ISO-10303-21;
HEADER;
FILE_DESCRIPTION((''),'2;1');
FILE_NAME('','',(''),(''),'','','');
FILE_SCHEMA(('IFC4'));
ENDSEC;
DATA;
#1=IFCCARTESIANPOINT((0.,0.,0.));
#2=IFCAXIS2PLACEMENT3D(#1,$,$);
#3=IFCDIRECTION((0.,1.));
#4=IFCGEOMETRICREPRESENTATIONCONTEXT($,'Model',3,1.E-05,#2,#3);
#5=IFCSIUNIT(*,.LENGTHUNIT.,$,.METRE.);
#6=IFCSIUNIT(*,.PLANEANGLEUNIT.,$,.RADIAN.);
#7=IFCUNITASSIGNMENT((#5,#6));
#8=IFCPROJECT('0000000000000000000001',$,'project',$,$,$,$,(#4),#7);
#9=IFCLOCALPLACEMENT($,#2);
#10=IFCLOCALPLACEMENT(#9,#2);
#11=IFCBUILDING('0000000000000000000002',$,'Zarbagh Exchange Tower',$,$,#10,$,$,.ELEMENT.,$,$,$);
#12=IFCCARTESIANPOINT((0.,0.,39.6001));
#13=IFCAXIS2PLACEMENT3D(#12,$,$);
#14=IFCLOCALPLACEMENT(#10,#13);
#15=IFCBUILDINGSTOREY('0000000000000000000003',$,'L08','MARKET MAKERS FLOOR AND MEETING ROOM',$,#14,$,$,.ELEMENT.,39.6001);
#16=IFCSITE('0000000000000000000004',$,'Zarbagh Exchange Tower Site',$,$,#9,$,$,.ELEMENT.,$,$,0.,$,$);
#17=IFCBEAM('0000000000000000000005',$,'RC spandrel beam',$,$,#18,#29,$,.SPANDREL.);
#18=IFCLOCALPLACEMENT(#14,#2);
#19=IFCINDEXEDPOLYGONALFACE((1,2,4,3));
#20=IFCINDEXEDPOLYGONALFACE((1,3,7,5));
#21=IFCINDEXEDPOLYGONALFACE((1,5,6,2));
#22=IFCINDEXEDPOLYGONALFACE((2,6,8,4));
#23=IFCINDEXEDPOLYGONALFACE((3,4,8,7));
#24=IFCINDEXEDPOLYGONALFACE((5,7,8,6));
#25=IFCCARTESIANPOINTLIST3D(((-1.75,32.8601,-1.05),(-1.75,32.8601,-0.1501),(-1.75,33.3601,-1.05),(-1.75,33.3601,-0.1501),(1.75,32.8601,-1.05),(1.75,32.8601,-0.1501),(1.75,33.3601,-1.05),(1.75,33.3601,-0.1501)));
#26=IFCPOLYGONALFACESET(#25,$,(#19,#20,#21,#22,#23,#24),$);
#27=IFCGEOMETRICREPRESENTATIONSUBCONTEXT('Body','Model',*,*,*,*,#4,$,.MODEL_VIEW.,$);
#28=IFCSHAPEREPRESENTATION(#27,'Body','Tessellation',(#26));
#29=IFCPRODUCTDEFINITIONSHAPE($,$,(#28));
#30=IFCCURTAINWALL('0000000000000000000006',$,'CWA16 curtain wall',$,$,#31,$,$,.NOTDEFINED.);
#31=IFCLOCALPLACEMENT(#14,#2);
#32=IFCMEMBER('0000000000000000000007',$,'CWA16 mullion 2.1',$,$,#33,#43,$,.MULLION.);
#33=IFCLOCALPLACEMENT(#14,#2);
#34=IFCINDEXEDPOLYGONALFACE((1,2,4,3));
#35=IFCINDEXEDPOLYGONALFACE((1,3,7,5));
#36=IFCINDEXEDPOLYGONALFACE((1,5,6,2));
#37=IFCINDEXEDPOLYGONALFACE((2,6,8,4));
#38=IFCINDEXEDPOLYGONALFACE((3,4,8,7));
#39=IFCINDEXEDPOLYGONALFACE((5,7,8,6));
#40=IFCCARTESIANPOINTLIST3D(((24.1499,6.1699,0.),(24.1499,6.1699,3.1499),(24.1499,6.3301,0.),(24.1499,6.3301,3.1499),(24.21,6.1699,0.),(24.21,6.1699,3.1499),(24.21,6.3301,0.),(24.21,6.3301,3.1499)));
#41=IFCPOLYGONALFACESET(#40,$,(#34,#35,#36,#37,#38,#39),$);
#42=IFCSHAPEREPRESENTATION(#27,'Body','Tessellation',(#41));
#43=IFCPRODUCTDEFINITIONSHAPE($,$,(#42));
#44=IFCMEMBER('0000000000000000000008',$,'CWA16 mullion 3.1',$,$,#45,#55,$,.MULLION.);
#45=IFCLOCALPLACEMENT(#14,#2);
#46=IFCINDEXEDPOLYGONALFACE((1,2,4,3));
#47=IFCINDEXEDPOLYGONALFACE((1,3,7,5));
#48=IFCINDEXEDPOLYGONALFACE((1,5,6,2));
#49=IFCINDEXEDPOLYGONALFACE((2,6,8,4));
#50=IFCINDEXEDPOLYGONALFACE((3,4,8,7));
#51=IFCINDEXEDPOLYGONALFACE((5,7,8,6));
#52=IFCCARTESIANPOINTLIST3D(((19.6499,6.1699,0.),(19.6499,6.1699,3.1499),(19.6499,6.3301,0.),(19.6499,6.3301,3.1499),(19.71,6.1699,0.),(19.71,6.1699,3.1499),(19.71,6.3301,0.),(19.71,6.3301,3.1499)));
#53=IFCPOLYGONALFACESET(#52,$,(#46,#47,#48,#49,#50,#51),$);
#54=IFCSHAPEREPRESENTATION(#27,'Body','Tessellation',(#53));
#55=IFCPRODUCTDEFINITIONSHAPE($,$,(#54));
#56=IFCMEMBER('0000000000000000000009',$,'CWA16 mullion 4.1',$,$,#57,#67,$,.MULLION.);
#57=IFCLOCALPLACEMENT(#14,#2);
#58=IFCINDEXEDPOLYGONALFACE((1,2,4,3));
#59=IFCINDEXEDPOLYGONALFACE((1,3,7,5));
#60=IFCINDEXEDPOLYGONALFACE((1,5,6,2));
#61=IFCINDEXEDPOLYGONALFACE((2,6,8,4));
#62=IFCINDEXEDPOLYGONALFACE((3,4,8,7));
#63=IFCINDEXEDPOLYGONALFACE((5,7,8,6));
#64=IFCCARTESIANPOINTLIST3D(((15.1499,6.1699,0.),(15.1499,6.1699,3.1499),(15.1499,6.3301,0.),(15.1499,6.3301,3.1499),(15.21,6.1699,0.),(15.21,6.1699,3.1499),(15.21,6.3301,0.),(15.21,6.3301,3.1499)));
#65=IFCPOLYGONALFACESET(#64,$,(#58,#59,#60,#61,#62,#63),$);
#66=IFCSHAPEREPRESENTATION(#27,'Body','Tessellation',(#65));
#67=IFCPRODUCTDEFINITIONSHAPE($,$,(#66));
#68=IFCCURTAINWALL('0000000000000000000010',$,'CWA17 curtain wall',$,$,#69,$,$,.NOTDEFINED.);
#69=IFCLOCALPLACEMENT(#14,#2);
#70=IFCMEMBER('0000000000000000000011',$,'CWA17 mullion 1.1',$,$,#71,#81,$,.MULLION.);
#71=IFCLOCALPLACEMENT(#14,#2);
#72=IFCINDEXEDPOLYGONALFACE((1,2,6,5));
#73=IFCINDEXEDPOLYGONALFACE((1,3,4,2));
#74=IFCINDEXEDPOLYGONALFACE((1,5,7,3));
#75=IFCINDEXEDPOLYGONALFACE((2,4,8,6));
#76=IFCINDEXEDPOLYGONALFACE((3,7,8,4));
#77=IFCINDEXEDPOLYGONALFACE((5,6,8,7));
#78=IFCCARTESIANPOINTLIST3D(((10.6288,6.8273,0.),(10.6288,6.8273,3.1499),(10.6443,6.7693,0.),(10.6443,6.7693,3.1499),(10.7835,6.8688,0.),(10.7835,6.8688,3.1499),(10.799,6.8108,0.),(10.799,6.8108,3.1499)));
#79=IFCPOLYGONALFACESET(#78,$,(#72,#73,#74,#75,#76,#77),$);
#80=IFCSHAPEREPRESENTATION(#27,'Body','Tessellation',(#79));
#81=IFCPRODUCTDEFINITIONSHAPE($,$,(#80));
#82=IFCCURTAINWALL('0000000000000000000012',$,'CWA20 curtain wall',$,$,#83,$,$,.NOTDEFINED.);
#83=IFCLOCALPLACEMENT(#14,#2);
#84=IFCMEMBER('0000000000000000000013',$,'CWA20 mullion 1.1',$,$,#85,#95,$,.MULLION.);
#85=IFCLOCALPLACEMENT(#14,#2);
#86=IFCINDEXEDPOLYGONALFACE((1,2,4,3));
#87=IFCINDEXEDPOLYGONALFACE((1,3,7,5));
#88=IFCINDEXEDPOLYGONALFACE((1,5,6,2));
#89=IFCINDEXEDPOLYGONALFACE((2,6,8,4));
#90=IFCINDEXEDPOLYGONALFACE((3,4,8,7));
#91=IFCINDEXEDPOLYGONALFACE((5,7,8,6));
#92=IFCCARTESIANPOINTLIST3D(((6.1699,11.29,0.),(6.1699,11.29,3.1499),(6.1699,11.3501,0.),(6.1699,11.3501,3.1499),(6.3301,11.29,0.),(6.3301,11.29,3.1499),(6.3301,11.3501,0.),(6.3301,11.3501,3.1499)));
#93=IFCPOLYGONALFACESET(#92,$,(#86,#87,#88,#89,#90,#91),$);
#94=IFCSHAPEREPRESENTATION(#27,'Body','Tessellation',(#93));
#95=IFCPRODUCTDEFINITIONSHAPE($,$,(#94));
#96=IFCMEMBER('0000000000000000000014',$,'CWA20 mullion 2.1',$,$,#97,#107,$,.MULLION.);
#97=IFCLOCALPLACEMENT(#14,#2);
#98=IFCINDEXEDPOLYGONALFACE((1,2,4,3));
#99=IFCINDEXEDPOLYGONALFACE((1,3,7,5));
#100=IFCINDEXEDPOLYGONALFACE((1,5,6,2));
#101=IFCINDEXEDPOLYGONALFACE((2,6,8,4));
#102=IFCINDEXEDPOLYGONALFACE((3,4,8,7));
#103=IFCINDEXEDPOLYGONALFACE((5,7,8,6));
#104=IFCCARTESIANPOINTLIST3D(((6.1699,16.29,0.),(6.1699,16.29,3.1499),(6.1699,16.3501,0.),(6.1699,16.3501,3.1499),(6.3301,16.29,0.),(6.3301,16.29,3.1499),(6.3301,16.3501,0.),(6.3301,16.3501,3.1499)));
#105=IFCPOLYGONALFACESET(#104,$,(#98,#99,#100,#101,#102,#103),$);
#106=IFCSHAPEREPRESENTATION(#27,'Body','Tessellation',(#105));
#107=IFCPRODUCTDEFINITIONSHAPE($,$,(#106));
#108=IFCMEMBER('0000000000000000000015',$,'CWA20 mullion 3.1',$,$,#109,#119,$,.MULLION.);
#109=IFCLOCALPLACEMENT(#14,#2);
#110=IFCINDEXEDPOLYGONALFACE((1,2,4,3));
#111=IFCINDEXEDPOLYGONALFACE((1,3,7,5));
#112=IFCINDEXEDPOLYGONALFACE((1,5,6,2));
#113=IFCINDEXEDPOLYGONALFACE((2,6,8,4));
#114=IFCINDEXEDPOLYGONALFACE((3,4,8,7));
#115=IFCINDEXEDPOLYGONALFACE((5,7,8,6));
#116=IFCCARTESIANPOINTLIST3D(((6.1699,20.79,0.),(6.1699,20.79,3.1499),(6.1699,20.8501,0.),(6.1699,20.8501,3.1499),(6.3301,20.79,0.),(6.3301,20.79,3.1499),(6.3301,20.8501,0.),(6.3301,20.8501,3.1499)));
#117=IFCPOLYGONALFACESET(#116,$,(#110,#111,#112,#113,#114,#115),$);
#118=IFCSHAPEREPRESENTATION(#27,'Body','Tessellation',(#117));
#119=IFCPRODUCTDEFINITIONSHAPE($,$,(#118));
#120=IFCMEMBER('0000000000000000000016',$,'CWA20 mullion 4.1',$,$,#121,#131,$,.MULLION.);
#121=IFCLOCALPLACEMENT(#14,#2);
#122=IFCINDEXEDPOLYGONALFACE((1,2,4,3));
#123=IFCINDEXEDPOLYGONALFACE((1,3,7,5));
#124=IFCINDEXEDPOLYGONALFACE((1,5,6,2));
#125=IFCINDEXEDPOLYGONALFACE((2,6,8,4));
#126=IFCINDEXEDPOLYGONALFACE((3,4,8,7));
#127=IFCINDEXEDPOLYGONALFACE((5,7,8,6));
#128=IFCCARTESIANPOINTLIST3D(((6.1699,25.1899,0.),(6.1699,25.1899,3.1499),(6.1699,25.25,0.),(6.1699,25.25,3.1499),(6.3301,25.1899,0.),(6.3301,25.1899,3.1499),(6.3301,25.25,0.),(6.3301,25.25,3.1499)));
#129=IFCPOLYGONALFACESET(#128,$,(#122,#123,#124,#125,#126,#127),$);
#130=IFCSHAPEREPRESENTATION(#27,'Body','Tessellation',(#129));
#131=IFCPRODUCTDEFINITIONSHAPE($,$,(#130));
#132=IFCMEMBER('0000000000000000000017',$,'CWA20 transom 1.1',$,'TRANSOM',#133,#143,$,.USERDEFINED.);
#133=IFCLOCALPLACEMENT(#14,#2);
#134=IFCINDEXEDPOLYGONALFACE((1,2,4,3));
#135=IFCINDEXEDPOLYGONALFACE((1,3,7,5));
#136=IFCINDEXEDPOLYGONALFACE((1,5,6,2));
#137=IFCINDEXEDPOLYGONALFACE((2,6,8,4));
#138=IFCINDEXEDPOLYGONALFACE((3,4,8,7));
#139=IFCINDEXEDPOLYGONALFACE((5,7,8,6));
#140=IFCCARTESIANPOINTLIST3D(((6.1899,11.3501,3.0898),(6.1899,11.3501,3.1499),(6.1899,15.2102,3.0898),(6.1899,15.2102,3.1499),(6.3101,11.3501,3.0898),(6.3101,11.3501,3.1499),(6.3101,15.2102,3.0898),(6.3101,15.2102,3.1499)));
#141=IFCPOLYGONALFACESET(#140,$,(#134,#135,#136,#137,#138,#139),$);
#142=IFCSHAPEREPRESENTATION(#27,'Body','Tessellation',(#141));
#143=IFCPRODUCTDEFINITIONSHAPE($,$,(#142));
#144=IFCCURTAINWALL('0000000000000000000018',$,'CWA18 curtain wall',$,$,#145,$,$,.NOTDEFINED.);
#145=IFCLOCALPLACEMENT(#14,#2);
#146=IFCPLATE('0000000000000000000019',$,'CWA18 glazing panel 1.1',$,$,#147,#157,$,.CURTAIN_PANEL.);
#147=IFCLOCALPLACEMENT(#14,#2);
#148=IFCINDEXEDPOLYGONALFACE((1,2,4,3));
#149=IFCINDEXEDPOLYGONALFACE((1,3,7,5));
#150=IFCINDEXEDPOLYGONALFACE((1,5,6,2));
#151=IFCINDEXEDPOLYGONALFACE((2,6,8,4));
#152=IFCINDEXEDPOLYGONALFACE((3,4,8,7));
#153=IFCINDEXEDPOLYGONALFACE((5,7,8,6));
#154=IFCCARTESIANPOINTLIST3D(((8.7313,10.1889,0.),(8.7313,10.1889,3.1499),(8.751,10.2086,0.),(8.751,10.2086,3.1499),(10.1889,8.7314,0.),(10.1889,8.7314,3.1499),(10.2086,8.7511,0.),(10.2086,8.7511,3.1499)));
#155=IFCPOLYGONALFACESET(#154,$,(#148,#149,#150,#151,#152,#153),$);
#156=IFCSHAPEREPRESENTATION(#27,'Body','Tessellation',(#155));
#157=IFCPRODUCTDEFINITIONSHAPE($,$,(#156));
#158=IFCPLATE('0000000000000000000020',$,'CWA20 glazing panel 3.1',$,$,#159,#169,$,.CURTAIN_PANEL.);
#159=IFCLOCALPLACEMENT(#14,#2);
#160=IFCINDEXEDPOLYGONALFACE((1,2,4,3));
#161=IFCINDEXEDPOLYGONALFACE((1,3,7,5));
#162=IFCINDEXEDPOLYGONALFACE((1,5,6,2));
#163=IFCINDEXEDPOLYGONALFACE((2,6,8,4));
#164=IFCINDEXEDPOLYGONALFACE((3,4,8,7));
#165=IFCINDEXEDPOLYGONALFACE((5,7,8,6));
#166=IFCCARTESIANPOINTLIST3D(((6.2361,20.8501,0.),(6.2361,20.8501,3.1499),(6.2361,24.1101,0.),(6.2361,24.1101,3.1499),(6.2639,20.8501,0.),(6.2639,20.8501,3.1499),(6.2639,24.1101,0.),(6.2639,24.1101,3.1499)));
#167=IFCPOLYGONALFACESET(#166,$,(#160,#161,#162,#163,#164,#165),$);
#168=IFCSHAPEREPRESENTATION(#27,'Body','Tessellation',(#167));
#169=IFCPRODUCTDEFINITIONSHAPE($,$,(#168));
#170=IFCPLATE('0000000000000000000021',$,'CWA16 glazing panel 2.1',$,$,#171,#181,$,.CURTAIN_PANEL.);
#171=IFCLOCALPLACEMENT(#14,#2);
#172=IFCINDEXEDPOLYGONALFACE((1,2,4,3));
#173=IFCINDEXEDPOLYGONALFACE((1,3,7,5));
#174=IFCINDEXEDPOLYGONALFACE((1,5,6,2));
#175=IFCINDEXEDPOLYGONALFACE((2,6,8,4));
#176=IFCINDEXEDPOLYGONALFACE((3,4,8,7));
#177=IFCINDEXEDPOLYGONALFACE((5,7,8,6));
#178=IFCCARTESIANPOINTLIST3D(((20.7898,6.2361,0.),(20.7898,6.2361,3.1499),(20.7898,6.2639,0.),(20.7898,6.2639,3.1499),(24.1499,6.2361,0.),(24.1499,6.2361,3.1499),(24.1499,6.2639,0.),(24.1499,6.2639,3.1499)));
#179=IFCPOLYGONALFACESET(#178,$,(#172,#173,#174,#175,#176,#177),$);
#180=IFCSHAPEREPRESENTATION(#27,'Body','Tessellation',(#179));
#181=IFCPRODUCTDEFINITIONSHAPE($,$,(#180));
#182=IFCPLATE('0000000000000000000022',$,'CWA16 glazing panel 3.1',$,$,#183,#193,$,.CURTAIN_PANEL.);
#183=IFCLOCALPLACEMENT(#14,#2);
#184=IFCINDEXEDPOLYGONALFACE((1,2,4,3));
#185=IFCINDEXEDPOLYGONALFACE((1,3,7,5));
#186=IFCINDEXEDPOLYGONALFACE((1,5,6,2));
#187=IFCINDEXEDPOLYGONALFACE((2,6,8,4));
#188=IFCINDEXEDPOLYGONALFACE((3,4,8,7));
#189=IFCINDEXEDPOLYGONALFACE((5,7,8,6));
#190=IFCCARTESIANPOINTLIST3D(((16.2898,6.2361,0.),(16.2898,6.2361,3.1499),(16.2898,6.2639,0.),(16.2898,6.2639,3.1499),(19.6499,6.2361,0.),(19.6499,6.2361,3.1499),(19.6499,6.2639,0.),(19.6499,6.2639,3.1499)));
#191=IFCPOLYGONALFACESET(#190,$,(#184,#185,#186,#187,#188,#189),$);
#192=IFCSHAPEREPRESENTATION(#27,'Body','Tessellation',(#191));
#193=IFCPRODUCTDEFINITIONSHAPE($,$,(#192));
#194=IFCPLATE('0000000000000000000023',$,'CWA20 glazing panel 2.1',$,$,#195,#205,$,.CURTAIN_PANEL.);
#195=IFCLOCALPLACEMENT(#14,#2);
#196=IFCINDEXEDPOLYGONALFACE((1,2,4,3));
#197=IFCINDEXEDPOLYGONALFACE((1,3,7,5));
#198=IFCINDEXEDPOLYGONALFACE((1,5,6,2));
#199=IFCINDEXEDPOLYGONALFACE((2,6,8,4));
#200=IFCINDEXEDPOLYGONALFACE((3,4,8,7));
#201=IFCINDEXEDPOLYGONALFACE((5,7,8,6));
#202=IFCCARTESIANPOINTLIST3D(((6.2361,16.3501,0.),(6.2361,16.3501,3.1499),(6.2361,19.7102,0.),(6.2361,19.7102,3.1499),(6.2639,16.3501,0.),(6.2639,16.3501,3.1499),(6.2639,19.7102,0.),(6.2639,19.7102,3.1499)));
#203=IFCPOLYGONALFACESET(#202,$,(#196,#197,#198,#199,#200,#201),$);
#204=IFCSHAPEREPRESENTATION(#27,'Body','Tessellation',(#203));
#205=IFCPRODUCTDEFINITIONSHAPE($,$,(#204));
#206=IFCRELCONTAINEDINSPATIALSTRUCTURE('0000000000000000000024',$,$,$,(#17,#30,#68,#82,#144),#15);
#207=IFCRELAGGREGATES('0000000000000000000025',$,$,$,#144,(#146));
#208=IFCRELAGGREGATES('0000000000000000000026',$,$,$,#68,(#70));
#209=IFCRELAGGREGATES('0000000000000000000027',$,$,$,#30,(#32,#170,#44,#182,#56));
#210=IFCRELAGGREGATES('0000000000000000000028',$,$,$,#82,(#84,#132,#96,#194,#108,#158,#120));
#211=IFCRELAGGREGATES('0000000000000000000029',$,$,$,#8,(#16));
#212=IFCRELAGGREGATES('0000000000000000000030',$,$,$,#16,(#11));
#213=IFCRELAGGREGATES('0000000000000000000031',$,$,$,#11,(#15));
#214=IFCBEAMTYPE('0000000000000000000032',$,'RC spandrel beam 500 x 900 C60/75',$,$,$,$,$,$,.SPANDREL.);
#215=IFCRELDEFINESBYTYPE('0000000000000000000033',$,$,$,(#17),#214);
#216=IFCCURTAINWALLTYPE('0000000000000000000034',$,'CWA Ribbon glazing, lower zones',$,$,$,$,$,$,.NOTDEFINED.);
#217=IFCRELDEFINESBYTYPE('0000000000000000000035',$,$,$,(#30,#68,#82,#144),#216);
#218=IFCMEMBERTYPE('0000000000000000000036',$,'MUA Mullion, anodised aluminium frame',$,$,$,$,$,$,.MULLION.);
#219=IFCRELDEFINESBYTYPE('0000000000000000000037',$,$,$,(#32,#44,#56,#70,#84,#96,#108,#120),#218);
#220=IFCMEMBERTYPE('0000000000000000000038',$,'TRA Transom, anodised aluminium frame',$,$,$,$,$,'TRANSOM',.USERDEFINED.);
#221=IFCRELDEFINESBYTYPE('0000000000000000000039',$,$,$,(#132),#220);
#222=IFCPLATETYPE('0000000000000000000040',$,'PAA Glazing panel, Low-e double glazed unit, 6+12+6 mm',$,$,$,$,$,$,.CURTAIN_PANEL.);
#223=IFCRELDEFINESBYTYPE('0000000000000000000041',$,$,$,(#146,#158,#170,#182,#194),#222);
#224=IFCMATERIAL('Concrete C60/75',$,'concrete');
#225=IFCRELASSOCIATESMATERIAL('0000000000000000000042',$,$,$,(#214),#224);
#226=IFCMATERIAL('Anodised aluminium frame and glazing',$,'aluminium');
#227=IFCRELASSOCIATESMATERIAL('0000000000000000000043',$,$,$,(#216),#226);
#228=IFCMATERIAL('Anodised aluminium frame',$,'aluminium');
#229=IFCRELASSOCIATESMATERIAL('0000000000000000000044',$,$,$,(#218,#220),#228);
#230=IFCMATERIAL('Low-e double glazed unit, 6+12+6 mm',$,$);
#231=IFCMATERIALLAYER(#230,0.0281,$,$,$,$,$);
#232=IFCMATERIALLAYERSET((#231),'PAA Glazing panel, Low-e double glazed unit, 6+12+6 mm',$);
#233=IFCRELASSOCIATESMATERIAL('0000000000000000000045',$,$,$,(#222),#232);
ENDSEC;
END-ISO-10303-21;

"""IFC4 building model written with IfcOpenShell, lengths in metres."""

from ifc_helpers import new_model, si_unit, direction, frame, origin, origin_2d, place, context, subcontext, project, spatial, polyline, rectangle, outline, extrude, source, transform, mapped, material, layer, layer_set, material_profile, profile_set, type_object, element, aggregate, save


model = new_model("IFC4")

# Units and contexts
model_context = context("Model", 3, precision=1e-05, world=origin(), true_north=direction((0.0, 1.0)))
body_context = subcontext(model_context, "Body", "Model", "MODEL_VIEW")
ifc_project = project(units=[si_unit("LENGTHUNIT", "METRE"), si_unit("PLANEANGLEUNIT", "RADIAN")], contexts=[model_context])

# Site, building, storey
site_placement = place(None, origin())
site = spatial("IfcSite", under=ifc_project, at=site_placement, Name="Zarbagh Exchange Tower Site", CompositionType="ELEMENT", RefElevation=0.0)
building_placement = place(site_placement, origin())
building = spatial("IfcBuilding", under=site, at=building_placement, Name="Zarbagh Exchange Tower", CompositionType="ELEMENT")
storey_placement = place(building_placement, frame((0.0, 0.0, 39.6001)))
storey = spatial("IfcBuildingStorey", under=building, at=storey_placement, Name="L08", Description="MARKET MAKERS FLOOR AND MEETING ROOM", CompositionType="ELEMENT", Elevation=39.6001)

# Beam
ifc_material_1 = material(Name="Concrete C60/75", Category="concrete")
ifc_material_profile = material_profile(ifc_material_1, rectangle(XDim=0.5, YDim=0.8999, at=origin_2d()), Name="RC spandrel beam 500 x 900 C60/75")
ifc_profile_set = profile_set([ifc_material_profile], Name="Concrete C60/75")
beam_type = type_object("IfcBeamType", Name="RC spandrel beam 500 x 900 C60/75", PredefinedType="SPANDREL", material=ifc_profile_set)
beam_placement = place(storey_placement, frame((-1.75, 33.1101, -0.6001), z_axis=(1.0, 0.0, 0.0), x_axis=(0.0, 1.0, 0.0)))
element("IfcBeam", 1, at=beam_placement, inside=storey, type_object=beam_type, Name="RC spandrel beam", PredefinedType="SPANDREL", context=body_context, shape_type="SweptSolid", body=[
    extrude(rectangle(XDim=0.5, YDim=0.8999, at=origin_2d()), origin(), (0.0, 0.0, 1.0), 3.5),
])

# Curtain wall, members
ifc_material_2 = material(Name="Anodised aluminium frame and glazing", Category="aluminium")
curtain_wall_type = type_object("IfcCurtainWallType", Name="CWA Ribbon glazing, lower zones", PredefinedType="NOTDEFINED", material=ifc_material_2)
curtain_wall_1_placement = place(storey_placement, origin())
curtain_wall_1 = element("IfcCurtainWall", 2, at=curtain_wall_1_placement, inside=storey, type_object=curtain_wall_type, Name="CWA16 curtain wall", PredefinedType="NOTDEFINED")
ifc_material_3 = material(Name="Anodised aluminium frame", Category="aluminium")
member_type_1 = type_object("IfcMemberType", Name="MUA Mullion, anodised aluminium frame", PredefinedType="MULLION", material=ifc_material_3)
shared_shape_1 = source(origin(), body_context, "Body", "SweptSolid", [
    extrude(outline(polyline([(0.0, -0.0801), (0.0601, -0.0801), (0.0601, 0.0801), (0.0, 0.0801), (0.0, -0.0801)])), origin(), (0.0, 0.0, 1.0), 3.1499),
])
placement = place(storey_placement, origin())
member_1 = element("IfcMember", 3, at=placement, type_object=member_type_1, Name="CWA16 mullion 2.1", PredefinedType="MULLION", context=body_context, shape_type="MappedRepresentation", body=[
    mapped(shared_shape_1, transform((24.21, 6.25, 0.0), x_axis=(-1.0, 0.0, 0.0), y_axis=(0.0, -1.0, 0.0), z_axis=(0.0, 0.0, 1.0))),
])
member_2 = element("IfcMember", 4, at=placement, type_object=member_type_1, Name="CWA16 mullion 3.1", PredefinedType="MULLION", context=body_context, shape_type="MappedRepresentation", body=[
    mapped(shared_shape_1, transform((19.71, 6.25, 0.0), x_axis=(-1.0, 0.0, 0.0), y_axis=(0.0, -1.0, 0.0), z_axis=(0.0, 0.0, 1.0))),
])
member_3 = element("IfcMember", 5, at=placement, type_object=member_type_1, Name="CWA16 mullion 4.1", PredefinedType="MULLION", context=body_context, shape_type="MappedRepresentation", body=[
    mapped(shared_shape_1, transform((15.21, 6.25, 0.0), x_axis=(-1.0, 0.0, 0.0), y_axis=(0.0, -1.0, 0.0), z_axis=(0.0, 0.0, 1.0))),
])

# Curtain wall, member
curtain_wall_2_placement = place(storey_placement, origin())
curtain_wall_2 = element("IfcCurtainWall", 6, at=curtain_wall_2_placement, inside=storey, type_object=curtain_wall_type, Name="CWA17 curtain wall", PredefinedType="NOTDEFINED")
member_4 = element("IfcMember", 7, at=placement, type_object=member_type_1, Name="CWA17 mullion 1.1", PredefinedType="MULLION", context=body_context, shape_type="MappedRepresentation", body=[
    mapped(shared_shape_1, transform((10.7217, 6.79, 0.0), x_axis=(-0.258825, 0.965924, 0.0), y_axis=(-0.965924, -0.258825, 0.0), z_axis=(0.0, 0.0, 1.0))),
])

# Curtain wall, members
curtain_wall_3_placement = place(storey_placement, origin())
curtain_wall_3 = element("IfcCurtainWall", 8, at=curtain_wall_3_placement, inside=storey, type_object=curtain_wall_type, Name="CWA20 curtain wall", PredefinedType="NOTDEFINED")
member_5 = element("IfcMember", 9, at=placement, type_object=member_type_1, Name="CWA20 mullion 1.1", PredefinedType="MULLION", context=body_context, shape_type="MappedRepresentation", body=[
    mapped(shared_shape_1, transform((6.25, 11.29, 0.0), x_axis=(0.0, 1.0, 0.0), y_axis=(-1.0, 0.0, 0.0), z_axis=(0.0, 0.0, 1.0))),
])
member_6 = element("IfcMember", 10, at=placement, type_object=member_type_1, Name="CWA20 mullion 2.1", PredefinedType="MULLION", context=body_context, shape_type="MappedRepresentation", body=[
    mapped(shared_shape_1, transform((6.25, 16.29, 0.0), x_axis=(0.0, 1.0, 0.0), y_axis=(-1.0, 0.0, 0.0), z_axis=(0.0, 0.0, 1.0))),
])
member_7 = element("IfcMember", 11, at=placement, type_object=member_type_1, Name="CWA20 mullion 3.1", PredefinedType="MULLION", context=body_context, shape_type="MappedRepresentation", body=[
    mapped(shared_shape_1, transform((6.25, 20.79, 0.0), x_axis=(0.0, 1.0, 0.0), y_axis=(-1.0, 0.0, 0.0), z_axis=(0.0, 0.0, 1.0))),
])
member_8 = element("IfcMember", 12, at=placement, type_object=member_type_1, Name="CWA20 mullion 4.1", PredefinedType="MULLION", context=body_context, shape_type="MappedRepresentation", body=[
    mapped(shared_shape_1, transform((6.25, 25.1899, 0.0), x_axis=(0.0, 1.0, 0.0), y_axis=(-1.0, 0.0, 0.0), z_axis=(0.0, 0.0, 1.0))),
])
member_type_2 = type_object("IfcMemberType", Name="TRA Transom, anodised aluminium frame", ElementType="TRANSOM", PredefinedType="USERDEFINED", material=ifc_material_3)
shared_shape_2 = source(origin(), body_context, "Body", "SweptSolid", [
    extrude(outline(polyline([(-0.0601, -0.0601), (0.0, -0.0601), (0.0, 0.0601), (-0.0601, 0.0601), (-0.0601, -0.0601)])), origin(), (0.0, 0.0, 1.0), 3.8601),
])
member_9 = element("IfcMember", 13, at=placement, type_object=member_type_2, Name="CWA20 transom 1.1", ObjectType="TRANSOM", PredefinedType="USERDEFINED", context=body_context, shape_type="MappedRepresentation", body=[
    mapped(shared_shape_2, transform((6.25, 11.3501, 3.1499), x_axis=(0.0, 0.0, 1.0), y_axis=(1.0, 0.0, 0.0), z_axis=(0.0, 1.0, 0.0))),
])

# Curtain wall, plate
curtain_wall_4_placement = place(storey_placement, origin())
curtain_wall_4 = element("IfcCurtainWall", 14, at=curtain_wall_4_placement, inside=storey, type_object=curtain_wall_type, Name="CWA18 curtain wall", PredefinedType="NOTDEFINED")
ifc_material_4 = material(Name="Low-e double glazed unit, 6+12+6 mm")
ifc_layer_1 = layer(ifc_material_4, 0.0281)
ifc_layer_set_1 = layer_set([ifc_layer_1], Name="PAA Glazing panel, Low-e double glazed unit, 6+12+6 mm")
plate_type = type_object("IfcPlateType", Name="PAA Glazing panel, Low-e double glazed unit, 6+12+6 mm", PredefinedType="CURTAIN_PANEL", material=ifc_layer_set_1)
shared_shape_3 = source(origin(), body_context, "Body", "SweptSolid", [
    extrude(outline(polyline([(0.0, -0.0139), (2.0613, -0.0139), (2.0613, 0.0139), (0.0, 0.0139), (0.0, -0.0139)])), origin(), (0.0, 0.0, 1.0), 3.1499),
])
plate_1 = element("IfcPlate", 15, at=placement, type_object=plate_type, Name="CWA18 glazing panel 1.1", PredefinedType="CURTAIN_PANEL", context=body_context, shape_type="MappedRepresentation", body=[
    mapped(shared_shape_3, transform((10.1987, 8.7412, 0.0), x_axis=(-0.707107, 0.707107, 0.0), y_axis=(-0.707107, -0.707107, 0.0), z_axis=(0.0, 0.0, 1.0))),
])
aggregate(curtain_wall_4, [plate_1])

# Plates
shared_shape_4 = source(origin(), body_context, "Body", "SweptSolid", [
    extrude(outline(polyline([(0.0, -0.0139), (3.26, -0.0139), (3.26, 0.0139), (0.0, 0.0139), (0.0, -0.0139)])), origin(), (0.0, 0.0, 1.0), 3.1499),
])
plate_2 = element("IfcPlate", 16, at=placement, type_object=plate_type, Name="CWA20 glazing panel 3.1", PredefinedType="CURTAIN_PANEL", context=body_context, shape_type="MappedRepresentation", body=[
    mapped(shared_shape_4, transform((6.25, 20.8501, 0.0), x_axis=(0.0, 1.0, 0.0), y_axis=(-1.0, 0.0, 0.0), z_axis=(0.0, 0.0, 1.0))),
])
shared_shape_5 = source(origin(), body_context, "Body", "SweptSolid", [
    extrude(outline(polyline([(0.0, -0.0139), (3.3601, -0.0139), (3.3601, 0.0139), (0.0, 0.0139), (0.0, -0.0139)])), origin(), (0.0, 0.0, 1.0), 3.1499),
])
plate_3 = element("IfcPlate", 17, at=placement, type_object=plate_type, Name="CWA16 glazing panel 2.1", PredefinedType="CURTAIN_PANEL", context=body_context, shape_type="MappedRepresentation", body=[
    mapped(shared_shape_5, transform((24.1499, 6.25, 0.0), x_axis=(-1.0, 0.0, 0.0), y_axis=(0.0, -1.0, 0.0), z_axis=(0.0, 0.0, 1.0))),
])
plate_4 = element("IfcPlate", 18, at=placement, type_object=plate_type, Name="CWA16 glazing panel 3.1", PredefinedType="CURTAIN_PANEL", context=body_context, shape_type="MappedRepresentation", body=[
    mapped(shared_shape_5, transform((19.6499, 6.25, 0.0), x_axis=(-1.0, 0.0, 0.0), y_axis=(0.0, -1.0, 0.0), z_axis=(0.0, 0.0, 1.0))),
])
plate_5 = element("IfcPlate", 19, at=placement, type_object=plate_type, Name="CWA20 glazing panel 2.1", PredefinedType="CURTAIN_PANEL", context=body_context, shape_type="MappedRepresentation", body=[
    mapped(shared_shape_5, transform((6.25, 16.3501, 0.0), x_axis=(0.0, 1.0, 0.0), y_axis=(-1.0, 0.0, 0.0), z_axis=(0.0, 0.0, 1.0))),
])
aggregate(curtain_wall_2, [member_4])

aggregate(curtain_wall_1, [member_1, plate_3, member_2, plate_4, member_3])
aggregate(curtain_wall_3, [member_5, member_9, member_6, plate_5, member_7, plate_2, member_8])

save(model, "model.ifc")
